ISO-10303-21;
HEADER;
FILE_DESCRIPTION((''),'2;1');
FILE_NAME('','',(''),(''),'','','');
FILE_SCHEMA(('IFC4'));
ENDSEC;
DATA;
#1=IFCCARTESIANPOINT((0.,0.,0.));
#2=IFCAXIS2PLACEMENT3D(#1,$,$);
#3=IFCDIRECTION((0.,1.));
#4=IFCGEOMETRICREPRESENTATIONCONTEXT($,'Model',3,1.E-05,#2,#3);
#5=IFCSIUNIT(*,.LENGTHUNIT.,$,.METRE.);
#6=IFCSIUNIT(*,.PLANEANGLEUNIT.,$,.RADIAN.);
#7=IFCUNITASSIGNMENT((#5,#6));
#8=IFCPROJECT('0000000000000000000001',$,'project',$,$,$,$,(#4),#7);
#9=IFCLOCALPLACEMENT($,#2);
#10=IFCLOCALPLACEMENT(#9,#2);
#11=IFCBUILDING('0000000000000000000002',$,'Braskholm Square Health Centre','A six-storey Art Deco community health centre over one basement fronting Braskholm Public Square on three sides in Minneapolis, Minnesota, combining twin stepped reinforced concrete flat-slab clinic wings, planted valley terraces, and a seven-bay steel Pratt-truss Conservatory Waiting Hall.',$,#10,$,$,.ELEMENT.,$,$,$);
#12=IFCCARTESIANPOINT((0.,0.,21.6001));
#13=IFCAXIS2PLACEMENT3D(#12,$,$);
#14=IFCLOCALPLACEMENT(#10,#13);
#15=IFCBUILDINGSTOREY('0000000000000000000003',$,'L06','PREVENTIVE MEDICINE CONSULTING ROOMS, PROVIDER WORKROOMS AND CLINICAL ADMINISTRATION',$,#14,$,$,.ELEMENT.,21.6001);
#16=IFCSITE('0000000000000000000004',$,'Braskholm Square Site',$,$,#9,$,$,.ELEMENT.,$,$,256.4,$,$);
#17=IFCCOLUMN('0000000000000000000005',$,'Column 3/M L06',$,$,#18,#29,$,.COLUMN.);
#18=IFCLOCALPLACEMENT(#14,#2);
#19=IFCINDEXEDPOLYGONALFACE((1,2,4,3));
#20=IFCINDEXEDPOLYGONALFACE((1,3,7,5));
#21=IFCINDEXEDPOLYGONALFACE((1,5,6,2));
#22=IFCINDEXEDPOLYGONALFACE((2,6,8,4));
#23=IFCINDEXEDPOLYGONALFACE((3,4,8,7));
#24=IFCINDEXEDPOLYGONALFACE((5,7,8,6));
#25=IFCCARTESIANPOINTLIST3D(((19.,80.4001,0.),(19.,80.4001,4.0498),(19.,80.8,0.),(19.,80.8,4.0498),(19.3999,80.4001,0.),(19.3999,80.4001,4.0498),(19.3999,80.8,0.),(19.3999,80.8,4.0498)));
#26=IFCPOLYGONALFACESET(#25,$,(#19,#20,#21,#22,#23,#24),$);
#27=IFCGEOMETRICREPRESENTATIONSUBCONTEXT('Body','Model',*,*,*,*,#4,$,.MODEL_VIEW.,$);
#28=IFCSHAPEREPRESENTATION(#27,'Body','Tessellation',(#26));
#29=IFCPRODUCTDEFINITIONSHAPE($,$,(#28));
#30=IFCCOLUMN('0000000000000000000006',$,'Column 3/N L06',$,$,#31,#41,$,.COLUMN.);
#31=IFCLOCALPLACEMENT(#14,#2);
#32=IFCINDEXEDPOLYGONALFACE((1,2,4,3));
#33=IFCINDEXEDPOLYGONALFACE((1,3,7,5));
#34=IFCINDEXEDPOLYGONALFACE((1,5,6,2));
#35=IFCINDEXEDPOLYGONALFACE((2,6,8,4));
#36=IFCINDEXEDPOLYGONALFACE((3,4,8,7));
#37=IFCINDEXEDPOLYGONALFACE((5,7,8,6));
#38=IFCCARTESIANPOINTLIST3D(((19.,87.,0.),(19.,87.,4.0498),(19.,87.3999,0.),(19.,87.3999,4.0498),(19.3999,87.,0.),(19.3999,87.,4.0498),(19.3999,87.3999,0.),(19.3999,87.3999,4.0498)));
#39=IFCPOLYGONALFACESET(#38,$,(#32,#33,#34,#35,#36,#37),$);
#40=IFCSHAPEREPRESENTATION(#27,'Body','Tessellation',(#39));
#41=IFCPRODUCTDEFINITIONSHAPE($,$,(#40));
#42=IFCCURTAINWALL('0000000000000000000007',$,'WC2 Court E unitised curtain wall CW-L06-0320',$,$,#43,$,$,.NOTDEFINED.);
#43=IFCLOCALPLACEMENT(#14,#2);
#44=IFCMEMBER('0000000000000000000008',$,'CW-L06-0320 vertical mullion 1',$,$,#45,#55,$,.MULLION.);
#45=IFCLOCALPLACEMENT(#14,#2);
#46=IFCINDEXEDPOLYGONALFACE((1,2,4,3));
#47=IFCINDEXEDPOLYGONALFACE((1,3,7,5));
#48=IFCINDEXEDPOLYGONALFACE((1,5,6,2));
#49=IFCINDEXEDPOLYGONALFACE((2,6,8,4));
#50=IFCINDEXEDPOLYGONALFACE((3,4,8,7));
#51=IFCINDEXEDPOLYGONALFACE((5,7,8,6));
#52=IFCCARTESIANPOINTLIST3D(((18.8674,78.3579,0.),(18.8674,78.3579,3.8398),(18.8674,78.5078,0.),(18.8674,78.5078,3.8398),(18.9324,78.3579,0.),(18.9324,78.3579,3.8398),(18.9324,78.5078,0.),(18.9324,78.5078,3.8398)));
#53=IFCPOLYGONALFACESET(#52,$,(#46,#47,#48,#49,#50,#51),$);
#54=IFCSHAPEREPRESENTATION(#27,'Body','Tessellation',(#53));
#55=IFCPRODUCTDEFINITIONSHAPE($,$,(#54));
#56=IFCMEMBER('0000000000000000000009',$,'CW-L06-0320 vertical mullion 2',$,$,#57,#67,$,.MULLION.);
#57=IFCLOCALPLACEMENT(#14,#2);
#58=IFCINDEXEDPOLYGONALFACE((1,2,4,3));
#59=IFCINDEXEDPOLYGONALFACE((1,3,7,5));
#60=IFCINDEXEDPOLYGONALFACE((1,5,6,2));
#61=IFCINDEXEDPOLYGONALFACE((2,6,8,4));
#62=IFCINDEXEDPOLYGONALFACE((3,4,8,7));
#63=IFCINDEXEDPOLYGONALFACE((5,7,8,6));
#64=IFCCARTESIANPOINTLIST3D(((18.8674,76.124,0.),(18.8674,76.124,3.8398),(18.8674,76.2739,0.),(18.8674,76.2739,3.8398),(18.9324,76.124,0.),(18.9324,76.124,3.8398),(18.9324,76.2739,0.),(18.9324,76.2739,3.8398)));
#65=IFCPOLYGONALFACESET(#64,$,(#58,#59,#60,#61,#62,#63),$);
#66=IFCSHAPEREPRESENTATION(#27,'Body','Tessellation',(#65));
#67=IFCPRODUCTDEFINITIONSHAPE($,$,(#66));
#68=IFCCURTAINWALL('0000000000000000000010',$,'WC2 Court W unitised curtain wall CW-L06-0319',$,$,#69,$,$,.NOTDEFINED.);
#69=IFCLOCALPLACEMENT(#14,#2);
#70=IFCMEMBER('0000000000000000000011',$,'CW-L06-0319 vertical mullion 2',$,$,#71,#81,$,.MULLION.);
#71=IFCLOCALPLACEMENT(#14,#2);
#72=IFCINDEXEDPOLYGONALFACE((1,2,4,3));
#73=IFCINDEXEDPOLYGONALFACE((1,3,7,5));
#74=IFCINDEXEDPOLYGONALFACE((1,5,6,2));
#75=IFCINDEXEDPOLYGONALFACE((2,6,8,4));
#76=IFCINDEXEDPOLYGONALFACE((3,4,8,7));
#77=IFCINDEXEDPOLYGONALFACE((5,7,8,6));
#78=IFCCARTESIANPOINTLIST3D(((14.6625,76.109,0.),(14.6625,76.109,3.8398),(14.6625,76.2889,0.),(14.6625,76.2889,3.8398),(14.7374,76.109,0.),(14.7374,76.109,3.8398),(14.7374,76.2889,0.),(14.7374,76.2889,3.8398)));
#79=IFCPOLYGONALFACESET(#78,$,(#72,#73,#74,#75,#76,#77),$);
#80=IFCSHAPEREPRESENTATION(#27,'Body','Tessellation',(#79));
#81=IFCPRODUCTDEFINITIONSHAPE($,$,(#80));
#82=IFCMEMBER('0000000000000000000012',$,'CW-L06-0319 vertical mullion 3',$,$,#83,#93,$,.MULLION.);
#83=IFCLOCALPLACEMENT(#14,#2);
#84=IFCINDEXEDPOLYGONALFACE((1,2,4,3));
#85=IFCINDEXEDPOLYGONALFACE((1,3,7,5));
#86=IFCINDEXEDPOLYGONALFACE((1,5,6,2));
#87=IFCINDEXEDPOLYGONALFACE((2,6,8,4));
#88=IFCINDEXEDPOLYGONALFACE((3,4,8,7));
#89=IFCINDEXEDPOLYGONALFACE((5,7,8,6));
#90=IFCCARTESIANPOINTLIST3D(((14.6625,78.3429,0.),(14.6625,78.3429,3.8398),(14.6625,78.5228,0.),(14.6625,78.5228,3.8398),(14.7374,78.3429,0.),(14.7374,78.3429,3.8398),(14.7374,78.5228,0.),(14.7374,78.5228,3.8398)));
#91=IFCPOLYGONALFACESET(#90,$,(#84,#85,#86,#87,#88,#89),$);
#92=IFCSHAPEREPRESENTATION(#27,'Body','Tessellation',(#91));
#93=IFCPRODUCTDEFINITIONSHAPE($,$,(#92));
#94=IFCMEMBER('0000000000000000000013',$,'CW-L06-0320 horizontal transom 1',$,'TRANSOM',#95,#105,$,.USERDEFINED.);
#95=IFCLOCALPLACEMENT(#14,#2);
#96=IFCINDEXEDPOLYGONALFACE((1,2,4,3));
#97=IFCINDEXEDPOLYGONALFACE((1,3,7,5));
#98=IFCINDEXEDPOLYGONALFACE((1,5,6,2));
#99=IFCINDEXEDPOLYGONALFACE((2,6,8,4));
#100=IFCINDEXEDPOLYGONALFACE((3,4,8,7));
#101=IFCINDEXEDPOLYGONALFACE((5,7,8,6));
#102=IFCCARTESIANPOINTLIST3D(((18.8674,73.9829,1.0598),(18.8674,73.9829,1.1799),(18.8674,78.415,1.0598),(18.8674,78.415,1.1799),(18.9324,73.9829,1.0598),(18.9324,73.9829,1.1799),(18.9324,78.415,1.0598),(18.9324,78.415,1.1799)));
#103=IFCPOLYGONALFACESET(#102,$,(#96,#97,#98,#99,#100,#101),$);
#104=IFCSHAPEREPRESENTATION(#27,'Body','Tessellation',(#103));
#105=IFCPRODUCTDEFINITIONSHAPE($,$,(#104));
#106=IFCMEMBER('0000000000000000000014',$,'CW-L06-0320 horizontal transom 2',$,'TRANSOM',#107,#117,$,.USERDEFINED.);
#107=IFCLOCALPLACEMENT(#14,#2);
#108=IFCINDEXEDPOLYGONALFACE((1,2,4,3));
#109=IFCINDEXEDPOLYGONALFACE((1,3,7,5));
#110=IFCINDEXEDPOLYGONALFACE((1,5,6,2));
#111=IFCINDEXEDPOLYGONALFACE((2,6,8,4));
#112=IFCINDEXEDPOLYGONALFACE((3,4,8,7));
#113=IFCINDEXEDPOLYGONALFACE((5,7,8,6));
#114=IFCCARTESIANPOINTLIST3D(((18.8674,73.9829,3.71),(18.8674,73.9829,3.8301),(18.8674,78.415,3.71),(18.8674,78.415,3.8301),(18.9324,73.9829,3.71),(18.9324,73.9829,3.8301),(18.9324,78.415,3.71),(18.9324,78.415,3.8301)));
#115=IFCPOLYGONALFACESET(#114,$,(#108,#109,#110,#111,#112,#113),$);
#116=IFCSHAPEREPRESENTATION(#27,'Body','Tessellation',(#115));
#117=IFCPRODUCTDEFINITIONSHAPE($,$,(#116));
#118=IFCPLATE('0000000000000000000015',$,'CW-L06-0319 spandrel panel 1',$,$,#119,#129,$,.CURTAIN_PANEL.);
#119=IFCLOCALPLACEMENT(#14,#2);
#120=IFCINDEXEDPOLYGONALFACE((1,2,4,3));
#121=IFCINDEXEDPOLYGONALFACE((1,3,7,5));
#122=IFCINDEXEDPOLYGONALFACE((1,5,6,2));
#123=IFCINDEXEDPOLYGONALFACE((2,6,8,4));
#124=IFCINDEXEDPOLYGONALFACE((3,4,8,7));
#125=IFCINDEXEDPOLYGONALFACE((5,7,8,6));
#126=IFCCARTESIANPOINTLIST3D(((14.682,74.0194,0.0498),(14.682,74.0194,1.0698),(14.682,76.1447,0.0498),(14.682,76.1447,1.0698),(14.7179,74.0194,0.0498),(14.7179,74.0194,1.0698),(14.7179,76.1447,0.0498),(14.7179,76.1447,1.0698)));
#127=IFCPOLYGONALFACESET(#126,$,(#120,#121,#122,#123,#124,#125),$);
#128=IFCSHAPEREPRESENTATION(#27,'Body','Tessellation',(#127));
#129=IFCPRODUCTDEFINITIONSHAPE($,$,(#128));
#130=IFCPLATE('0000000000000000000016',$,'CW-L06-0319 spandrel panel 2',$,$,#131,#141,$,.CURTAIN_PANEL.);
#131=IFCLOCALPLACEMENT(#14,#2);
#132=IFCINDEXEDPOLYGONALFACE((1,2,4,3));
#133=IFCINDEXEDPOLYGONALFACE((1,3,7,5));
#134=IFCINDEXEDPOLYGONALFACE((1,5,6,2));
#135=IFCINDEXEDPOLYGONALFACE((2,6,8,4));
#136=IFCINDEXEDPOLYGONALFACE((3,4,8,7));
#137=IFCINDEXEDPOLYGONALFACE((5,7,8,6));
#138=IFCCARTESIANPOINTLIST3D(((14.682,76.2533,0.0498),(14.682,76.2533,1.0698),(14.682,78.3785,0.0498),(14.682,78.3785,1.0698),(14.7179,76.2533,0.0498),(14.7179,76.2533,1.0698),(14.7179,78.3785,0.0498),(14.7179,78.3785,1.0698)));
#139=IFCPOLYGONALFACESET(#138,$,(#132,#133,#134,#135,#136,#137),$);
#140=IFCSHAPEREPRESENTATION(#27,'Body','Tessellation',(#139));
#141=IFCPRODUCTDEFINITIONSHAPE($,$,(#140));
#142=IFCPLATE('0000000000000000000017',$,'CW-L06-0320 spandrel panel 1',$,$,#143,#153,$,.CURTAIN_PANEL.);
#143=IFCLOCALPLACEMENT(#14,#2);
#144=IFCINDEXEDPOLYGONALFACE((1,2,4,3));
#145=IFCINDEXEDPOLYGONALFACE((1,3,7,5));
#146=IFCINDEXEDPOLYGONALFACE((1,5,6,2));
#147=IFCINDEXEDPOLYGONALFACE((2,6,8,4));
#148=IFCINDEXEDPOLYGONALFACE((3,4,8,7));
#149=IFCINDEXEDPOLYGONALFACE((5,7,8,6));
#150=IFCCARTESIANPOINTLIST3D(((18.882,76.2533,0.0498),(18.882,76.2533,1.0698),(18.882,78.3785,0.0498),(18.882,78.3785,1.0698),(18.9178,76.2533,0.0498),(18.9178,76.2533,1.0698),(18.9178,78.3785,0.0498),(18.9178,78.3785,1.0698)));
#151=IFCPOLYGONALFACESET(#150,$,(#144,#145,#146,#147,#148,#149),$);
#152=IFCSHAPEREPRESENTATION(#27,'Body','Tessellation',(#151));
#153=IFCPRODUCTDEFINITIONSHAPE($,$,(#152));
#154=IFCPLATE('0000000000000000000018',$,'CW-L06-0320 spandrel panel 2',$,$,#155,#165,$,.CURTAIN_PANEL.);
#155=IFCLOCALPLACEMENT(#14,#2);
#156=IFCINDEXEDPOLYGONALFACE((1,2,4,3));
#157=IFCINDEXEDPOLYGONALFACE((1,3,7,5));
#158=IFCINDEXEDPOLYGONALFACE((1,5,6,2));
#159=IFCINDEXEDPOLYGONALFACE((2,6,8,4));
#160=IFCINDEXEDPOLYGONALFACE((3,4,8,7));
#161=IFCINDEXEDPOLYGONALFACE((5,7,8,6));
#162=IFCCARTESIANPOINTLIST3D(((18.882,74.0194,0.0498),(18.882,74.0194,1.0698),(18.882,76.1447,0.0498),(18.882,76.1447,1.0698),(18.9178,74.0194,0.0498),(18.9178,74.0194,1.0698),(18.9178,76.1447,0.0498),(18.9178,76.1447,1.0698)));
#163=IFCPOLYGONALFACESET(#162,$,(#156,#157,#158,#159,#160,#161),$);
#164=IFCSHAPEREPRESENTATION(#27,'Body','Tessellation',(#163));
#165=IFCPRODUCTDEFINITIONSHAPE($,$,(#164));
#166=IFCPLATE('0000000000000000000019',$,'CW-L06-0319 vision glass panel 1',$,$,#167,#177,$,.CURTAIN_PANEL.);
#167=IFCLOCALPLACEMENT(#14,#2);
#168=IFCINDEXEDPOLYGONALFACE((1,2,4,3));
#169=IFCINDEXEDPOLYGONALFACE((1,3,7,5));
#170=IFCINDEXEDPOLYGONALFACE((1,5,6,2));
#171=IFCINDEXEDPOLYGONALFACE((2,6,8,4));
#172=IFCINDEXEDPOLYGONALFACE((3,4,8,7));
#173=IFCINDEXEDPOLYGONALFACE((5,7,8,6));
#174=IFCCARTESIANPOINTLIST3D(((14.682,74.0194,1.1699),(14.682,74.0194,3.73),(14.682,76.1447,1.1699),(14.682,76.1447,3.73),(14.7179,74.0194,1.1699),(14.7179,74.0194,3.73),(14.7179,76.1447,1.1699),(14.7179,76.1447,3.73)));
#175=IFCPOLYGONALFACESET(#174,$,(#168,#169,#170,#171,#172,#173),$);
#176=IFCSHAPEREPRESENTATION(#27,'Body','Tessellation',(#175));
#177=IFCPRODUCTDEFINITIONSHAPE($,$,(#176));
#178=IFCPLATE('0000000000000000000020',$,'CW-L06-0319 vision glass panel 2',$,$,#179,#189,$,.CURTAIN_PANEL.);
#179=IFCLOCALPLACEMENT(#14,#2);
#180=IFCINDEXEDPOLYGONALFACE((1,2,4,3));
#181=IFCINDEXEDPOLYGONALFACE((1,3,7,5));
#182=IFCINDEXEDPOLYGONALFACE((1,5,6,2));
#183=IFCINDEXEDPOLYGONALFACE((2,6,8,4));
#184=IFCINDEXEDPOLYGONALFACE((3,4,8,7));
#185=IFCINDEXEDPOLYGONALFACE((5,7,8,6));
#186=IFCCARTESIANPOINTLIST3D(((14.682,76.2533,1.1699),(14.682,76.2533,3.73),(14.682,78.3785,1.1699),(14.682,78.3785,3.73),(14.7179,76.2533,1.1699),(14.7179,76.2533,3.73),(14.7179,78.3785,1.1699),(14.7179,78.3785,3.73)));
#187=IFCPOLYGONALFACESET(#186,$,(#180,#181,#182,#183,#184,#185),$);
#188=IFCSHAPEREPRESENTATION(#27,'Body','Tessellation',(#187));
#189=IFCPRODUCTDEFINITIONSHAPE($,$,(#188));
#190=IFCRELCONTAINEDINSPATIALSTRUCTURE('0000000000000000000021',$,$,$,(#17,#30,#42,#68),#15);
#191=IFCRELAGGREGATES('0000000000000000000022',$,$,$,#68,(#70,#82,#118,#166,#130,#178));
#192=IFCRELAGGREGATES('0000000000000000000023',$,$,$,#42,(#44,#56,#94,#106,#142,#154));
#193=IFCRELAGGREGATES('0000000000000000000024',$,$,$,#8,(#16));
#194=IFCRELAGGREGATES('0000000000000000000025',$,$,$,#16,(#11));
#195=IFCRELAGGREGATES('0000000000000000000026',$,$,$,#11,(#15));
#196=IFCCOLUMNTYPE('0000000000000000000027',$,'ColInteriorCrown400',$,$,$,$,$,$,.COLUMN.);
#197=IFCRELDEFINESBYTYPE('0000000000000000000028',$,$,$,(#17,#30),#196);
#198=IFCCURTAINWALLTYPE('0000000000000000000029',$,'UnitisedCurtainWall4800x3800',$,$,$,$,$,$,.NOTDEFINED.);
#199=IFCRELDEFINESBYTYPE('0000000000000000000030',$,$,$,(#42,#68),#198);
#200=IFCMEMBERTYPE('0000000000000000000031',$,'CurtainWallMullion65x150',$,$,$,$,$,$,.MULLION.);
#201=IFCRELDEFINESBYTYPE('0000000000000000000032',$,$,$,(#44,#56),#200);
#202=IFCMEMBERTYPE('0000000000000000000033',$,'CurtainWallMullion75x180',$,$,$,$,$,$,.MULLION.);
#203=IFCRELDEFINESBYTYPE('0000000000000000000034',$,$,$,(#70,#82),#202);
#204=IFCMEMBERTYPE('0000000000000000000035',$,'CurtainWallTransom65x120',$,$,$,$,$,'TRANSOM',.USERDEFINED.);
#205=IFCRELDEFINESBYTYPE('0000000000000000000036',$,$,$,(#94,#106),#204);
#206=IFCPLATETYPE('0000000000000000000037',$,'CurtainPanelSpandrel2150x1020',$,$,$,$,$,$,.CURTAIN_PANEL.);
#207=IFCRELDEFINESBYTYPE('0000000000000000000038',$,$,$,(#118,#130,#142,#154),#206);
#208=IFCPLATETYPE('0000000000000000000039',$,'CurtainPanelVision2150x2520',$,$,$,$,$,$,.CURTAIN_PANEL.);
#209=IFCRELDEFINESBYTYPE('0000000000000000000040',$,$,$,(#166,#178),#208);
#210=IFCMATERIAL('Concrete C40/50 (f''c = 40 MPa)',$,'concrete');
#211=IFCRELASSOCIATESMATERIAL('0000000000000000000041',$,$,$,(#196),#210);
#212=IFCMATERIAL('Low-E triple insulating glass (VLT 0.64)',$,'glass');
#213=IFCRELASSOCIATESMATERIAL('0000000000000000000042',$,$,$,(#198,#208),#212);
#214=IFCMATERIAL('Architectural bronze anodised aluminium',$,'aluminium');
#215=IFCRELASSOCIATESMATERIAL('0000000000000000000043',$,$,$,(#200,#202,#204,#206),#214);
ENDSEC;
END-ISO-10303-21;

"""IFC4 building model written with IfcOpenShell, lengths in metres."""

from ifc_helpers import new_model, si_unit, direction, frame, origin, origin_2d, place, context, subcontext, project, spatial, rectangle, extrude, material, material_profile, profile_set, type_object, element, aggregate, save


model = new_model("IFC4")

# Units and contexts
model_context = context("Model", 3, precision=1e-05, world=origin(), true_north=direction((0.0, 1.0)))
body_context = subcontext(model_context, "Body", "Model", "MODEL_VIEW")
ifc_project = project(units=[si_unit("LENGTHUNIT", "METRE"), si_unit("PLANEANGLEUNIT", "RADIAN")], contexts=[model_context])

# Site, building, storey
site_placement = place(None, origin())
site = spatial("IfcSite", under=ifc_project, at=site_placement, Name="Braskholm Square Site", CompositionType="ELEMENT", RefElevation=256.4)
building_placement = place(site_placement, origin())
building = spatial("IfcBuilding", under=site, at=building_placement, Name="Braskholm Square Health Centre", Description="A six-storey Art Deco community health centre over one basement fronting Braskholm Public Square on three sides in Minneapolis, Minnesota, combining twin stepped reinforced concrete flat-slab clinic wings, planted valley terraces, and a seven-bay steel Pratt-truss Conservatory Waiting Hall.", CompositionType="ELEMENT")
storey_placement = place(building_placement, frame((0.0, 0.0, 21.6001)))
storey = spatial("IfcBuildingStorey", under=building, at=storey_placement, Name="L06", Description="PREVENTIVE MEDICINE CONSULTING ROOMS, PROVIDER WORKROOMS AND CLINICAL ADMINISTRATION", CompositionType="ELEMENT", Elevation=21.6001)

# Columns
ifc_material_1 = material(Name="Concrete C40/50 (f'c = 40 MPa)", Category="concrete")
ifc_material_profile_1 = material_profile(ifc_material_1, rectangle(XDim=0.3999, YDim=0.3999, at=origin_2d()), Name="RC-400X400")
ifc_profile_set_1 = profile_set([ifc_material_profile_1], Name="Concrete C40/50 (f'c = 40 MPa)")
column_type = type_object("IfcColumnType", Name="ColInteriorCrown400", PredefinedType="COLUMN", material=ifc_profile_set_1)
for number, where, z_axis, x_axis, name in (
    (1, (19.2, 80.6001, 0.0), (0.0, 0.0, 1.0), (1.0, 0.0, 0.0), "Column 3/M L06"),
    (2, (19.2, 87.2, 0.0), (0.0, 0.0, 1.0), (1.0, 0.0, 0.0), "Column 3/N L06"),
):
    element("IfcColumn", number, at=place(storey_placement, frame(where, z_axis=z_axis, x_axis=x_axis)), inside=storey, type_object=column_type, Name=name, PredefinedType="COLUMN", context=body_context, shape_type="SweptSolid", body=[
        extrude(rectangle(XDim=0.3999, YDim=0.3999, at=origin_2d()), origin(), (0.0, 0.0, 1.0), 4.0498),
    ])

# Curtain walls, members
ifc_material_2 = material(Name="Low-E triple insulating glass (VLT 0.64)", Category="glass")
curtain_wall_type = type_object("IfcCurtainWallType", Name="UnitisedCurtainWall4800x3800", PredefinedType="NOTDEFINED", material=ifc_material_2)
curtain_wall_1_placement = place(storey_placement, origin())
curtain_wall_1 = element("IfcCurtainWall", 3, at=curtain_wall_1_placement, inside=storey, type_object=curtain_wall_type, Name="WC2 Court E unitised curtain wall CW-L06-0320", PredefinedType="NOTDEFINED")
ifc_material_3 = material(Name="Architectural bronze anodised aluminium", Category="aluminium")
ifc_material_profile_2 = material_profile(ifc_material_3, rectangle(XDim=0.0649, YDim=0.1499, at=origin_2d()), Name="ALU-65X150")
ifc_profile_set_2 = profile_set([ifc_material_profile_2], Name="Architectural bronze anodised aluminium")
member_type_1 = type_object("IfcMemberType", Name="CurtainWallMullion65x150", PredefinedType="MULLION", material=ifc_profile_set_2)
member_1_placement = place(storey_placement, frame((18.8999, 78.4329, 0.0), z_axis=(0.0, 0.0, 1.0), x_axis=(1.0, 0.0, 0.0)))
member_1 = element("IfcMember", 4, at=member_1_placement, type_object=member_type_1, Name="CW-L06-0320 vertical mullion 1", PredefinedType="MULLION", context=body_context, shape_type="SweptSolid", body=[
    extrude(rectangle(XDim=0.0649, YDim=0.1499, at=origin_2d()), origin(), (0.0, 0.0, 1.0), 3.8398),
])
member_2_placement = place(storey_placement, frame((18.8999, 76.199, 0.0), z_axis=(0.0, 0.0, 1.0), x_axis=(1.0, 0.0, 0.0)))
member_2 = element("IfcMember", 5, at=member_2_placement, type_object=member_type_1, Name="CW-L06-0320 vertical mullion 2", PredefinedType="MULLION", context=body_context, shape_type="SweptSolid", body=[
    extrude(rectangle(XDim=0.0649, YDim=0.1499, at=origin_2d()), origin(), (0.0, 0.0, 1.0), 3.8398),
])
curtain_wall_2_placement = place(storey_placement, origin())
curtain_wall_2 = element("IfcCurtainWall", 6, at=curtain_wall_2_placement, inside=storey, type_object=curtain_wall_type, Name="WC2 Court W unitised curtain wall CW-L06-0319", PredefinedType="NOTDEFINED")
ifc_material_profile_3 = material_profile(ifc_material_3, rectangle(XDim=0.075, YDim=0.1799, at=origin_2d()), Name="ALU-75X180")
ifc_profile_set_3 = profile_set([ifc_material_profile_3], Name="Architectural bronze anodised aluminium")
member_type_2 = type_object("IfcMemberType", Name="CurtainWallMullion75x180", PredefinedType="MULLION", material=ifc_profile_set_3)
member_3_placement = place(storey_placement, frame((14.7, 76.199, 0.0), z_axis=(0.0, 0.0, 1.0), x_axis=(1.0, 0.0, 0.0)))
member_3 = element("IfcMember", 7, at=member_3_placement, type_object=member_type_2, Name="CW-L06-0319 vertical mullion 2", PredefinedType="MULLION", context=body_context, shape_type="SweptSolid", body=[
    extrude(rectangle(XDim=0.075, YDim=0.1799, at=origin_2d()), origin(), (0.0, 0.0, 1.0), 3.8398),
])
member_4_placement = place(storey_placement, frame((14.7, 78.4329, 0.0), z_axis=(0.0, 0.0, 1.0), x_axis=(1.0, 0.0, 0.0)))
member_4 = element("IfcMember", 8, at=member_4_placement, type_object=member_type_2, Name="CW-L06-0319 vertical mullion 3", PredefinedType="MULLION", context=body_context, shape_type="SweptSolid", body=[
    extrude(rectangle(XDim=0.075, YDim=0.1799, at=origin_2d()), origin(), (0.0, 0.0, 1.0), 3.8398),
])

# Members
ifc_material_profile_4 = material_profile(ifc_material_3, rectangle(XDim=0.0649, YDim=0.1201, at=origin_2d()), Name="ALU-65X120")
ifc_profile_set_4 = profile_set([ifc_material_profile_4], Name="Architectural bronze anodised aluminium")
member_type_3 = type_object("IfcMemberType", Name="CurtainWallTransom65x120", ElementType="TRANSOM", PredefinedType="USERDEFINED", material=ifc_profile_set_4)
member_5_placement = place(storey_placement, frame((18.8999, 78.415, 1.1199), z_axis=(0.0, -1.0, 0.0), x_axis=(1.0, 0.0, 0.0)))
member_5 = element("IfcMember", 9, at=member_5_placement, type_object=member_type_3, Name="CW-L06-0320 horizontal transom 1", ObjectType="TRANSOM", PredefinedType="USERDEFINED", context=body_context, shape_type="SweptSolid", body=[
    extrude(rectangle(XDim=0.0649, YDim=0.1201, at=origin_2d()), origin(), (0.0, 0.0, 1.0), 4.4321),
])
member_6_placement = place(storey_placement, frame((18.8999, 78.415, 3.77), z_axis=(0.0, -1.0, 0.0), x_axis=(1.0, 0.0, 0.0)))
member_6 = element("IfcMember", 10, at=member_6_placement, type_object=member_type_3, Name="CW-L06-0320 horizontal transom 2", ObjectType="TRANSOM", PredefinedType="USERDEFINED", context=body_context, shape_type="SweptSolid", body=[
    extrude(rectangle(XDim=0.0649, YDim=0.1201, at=origin_2d()), origin(), (0.0, 0.0, 1.0), 4.4321),
])

# Plates
plate_type_1 = type_object("IfcPlateType", Name="CurtainPanelSpandrel2150x1020", PredefinedType="CURTAIN_PANEL", material=ifc_material_3)
plate_1_placement = place(storey_placement, frame((14.7, 75.082, 0.0498), z_axis=(0.0, 0.0, 1.0), x_axis=(0.0, 1.0, 0.0)))
plate_1 = element("IfcPlate", 11, at=plate_1_placement, type_object=plate_type_1, Name="CW-L06-0319 spandrel panel 1", PredefinedType="CURTAIN_PANEL", context=body_context, shape_type="SweptSolid", body=[
    extrude(rectangle(XDim=2.1252, YDim=0.0359, at=origin_2d()), origin(), (0.0, 0.0, 1.0), 1.02),
])
plate_2_placement = place(storey_placement, frame((14.7, 77.3159, 0.0498), z_axis=(0.0, 0.0, 1.0), x_axis=(0.0, 1.0, 0.0)))
plate_2 = element("IfcPlate", 12, at=plate_2_placement, type_object=plate_type_1, Name="CW-L06-0319 spandrel panel 2", PredefinedType="CURTAIN_PANEL", context=body_context, shape_type="SweptSolid", body=[
    extrude(rectangle(XDim=2.1252, YDim=0.0359, at=origin_2d()), origin(), (0.0, 0.0, 1.0), 1.02),
])
plate_3_placement = place(storey_placement, frame((18.8999, 77.3159, 0.0498), z_axis=(0.0, 0.0, 1.0), x_axis=(0.0, -1.0, 0.0)))
plate_3 = element("IfcPlate", 13, at=plate_3_placement, type_object=plate_type_1, Name="CW-L06-0320 spandrel panel 1", PredefinedType="CURTAIN_PANEL", context=body_context, shape_type="SweptSolid", body=[
    extrude(rectangle(XDim=2.1252, YDim=0.0359, at=origin_2d()), origin(), (0.0, 0.0, 1.0), 1.02),
])
plate_4_placement = place(storey_placement, frame((18.8999, 75.082, 0.0498), z_axis=(0.0, 0.0, 1.0), x_axis=(0.0, -1.0, 0.0)))
plate_4 = element("IfcPlate", 14, at=plate_4_placement, type_object=plate_type_1, Name="CW-L06-0320 spandrel panel 2", PredefinedType="CURTAIN_PANEL", context=body_context, shape_type="SweptSolid", body=[
    extrude(rectangle(XDim=2.1252, YDim=0.0359, at=origin_2d()), origin(), (0.0, 0.0, 1.0), 1.02),
])
plate_type_2 = type_object("IfcPlateType", Name="CurtainPanelVision2150x2520", PredefinedType="CURTAIN_PANEL", material=ifc_material_2)
plate_5_placement = place(storey_placement, frame((14.7, 75.082, 1.1699), z_axis=(0.0, 0.0, 1.0), x_axis=(0.0, 1.0, 0.0)))
plate_5 = element("IfcPlate", 15, at=plate_5_placement, type_object=plate_type_2, Name="CW-L06-0319 vision glass panel 1", PredefinedType="CURTAIN_PANEL", context=body_context, shape_type="SweptSolid", body=[
    extrude(rectangle(XDim=2.1252, YDim=0.0359, at=origin_2d()), origin(), (0.0, 0.0, 1.0), 2.5601),
])
plate_6_placement = place(storey_placement, frame((14.7, 77.3159, 1.1699), z_axis=(0.0, 0.0, 1.0), x_axis=(0.0, 1.0, 0.0)))
plate_6 = element("IfcPlate", 16, at=plate_6_placement, type_object=plate_type_2, Name="CW-L06-0319 vision glass panel 2", PredefinedType="CURTAIN_PANEL", context=body_context, shape_type="SweptSolid", body=[
    extrude(rectangle(XDim=2.1252, YDim=0.0359, at=origin_2d()), origin(), (0.0, 0.0, 1.0), 2.5601),
])
aggregate(curtain_wall_2, [member_3, member_4, plate_1, plate_5, plate_2, plate_6])
aggregate(curtain_wall_1, [member_1, member_2, member_5, member_6, plate_3, plate_4])

save(model, "model.ifc")
